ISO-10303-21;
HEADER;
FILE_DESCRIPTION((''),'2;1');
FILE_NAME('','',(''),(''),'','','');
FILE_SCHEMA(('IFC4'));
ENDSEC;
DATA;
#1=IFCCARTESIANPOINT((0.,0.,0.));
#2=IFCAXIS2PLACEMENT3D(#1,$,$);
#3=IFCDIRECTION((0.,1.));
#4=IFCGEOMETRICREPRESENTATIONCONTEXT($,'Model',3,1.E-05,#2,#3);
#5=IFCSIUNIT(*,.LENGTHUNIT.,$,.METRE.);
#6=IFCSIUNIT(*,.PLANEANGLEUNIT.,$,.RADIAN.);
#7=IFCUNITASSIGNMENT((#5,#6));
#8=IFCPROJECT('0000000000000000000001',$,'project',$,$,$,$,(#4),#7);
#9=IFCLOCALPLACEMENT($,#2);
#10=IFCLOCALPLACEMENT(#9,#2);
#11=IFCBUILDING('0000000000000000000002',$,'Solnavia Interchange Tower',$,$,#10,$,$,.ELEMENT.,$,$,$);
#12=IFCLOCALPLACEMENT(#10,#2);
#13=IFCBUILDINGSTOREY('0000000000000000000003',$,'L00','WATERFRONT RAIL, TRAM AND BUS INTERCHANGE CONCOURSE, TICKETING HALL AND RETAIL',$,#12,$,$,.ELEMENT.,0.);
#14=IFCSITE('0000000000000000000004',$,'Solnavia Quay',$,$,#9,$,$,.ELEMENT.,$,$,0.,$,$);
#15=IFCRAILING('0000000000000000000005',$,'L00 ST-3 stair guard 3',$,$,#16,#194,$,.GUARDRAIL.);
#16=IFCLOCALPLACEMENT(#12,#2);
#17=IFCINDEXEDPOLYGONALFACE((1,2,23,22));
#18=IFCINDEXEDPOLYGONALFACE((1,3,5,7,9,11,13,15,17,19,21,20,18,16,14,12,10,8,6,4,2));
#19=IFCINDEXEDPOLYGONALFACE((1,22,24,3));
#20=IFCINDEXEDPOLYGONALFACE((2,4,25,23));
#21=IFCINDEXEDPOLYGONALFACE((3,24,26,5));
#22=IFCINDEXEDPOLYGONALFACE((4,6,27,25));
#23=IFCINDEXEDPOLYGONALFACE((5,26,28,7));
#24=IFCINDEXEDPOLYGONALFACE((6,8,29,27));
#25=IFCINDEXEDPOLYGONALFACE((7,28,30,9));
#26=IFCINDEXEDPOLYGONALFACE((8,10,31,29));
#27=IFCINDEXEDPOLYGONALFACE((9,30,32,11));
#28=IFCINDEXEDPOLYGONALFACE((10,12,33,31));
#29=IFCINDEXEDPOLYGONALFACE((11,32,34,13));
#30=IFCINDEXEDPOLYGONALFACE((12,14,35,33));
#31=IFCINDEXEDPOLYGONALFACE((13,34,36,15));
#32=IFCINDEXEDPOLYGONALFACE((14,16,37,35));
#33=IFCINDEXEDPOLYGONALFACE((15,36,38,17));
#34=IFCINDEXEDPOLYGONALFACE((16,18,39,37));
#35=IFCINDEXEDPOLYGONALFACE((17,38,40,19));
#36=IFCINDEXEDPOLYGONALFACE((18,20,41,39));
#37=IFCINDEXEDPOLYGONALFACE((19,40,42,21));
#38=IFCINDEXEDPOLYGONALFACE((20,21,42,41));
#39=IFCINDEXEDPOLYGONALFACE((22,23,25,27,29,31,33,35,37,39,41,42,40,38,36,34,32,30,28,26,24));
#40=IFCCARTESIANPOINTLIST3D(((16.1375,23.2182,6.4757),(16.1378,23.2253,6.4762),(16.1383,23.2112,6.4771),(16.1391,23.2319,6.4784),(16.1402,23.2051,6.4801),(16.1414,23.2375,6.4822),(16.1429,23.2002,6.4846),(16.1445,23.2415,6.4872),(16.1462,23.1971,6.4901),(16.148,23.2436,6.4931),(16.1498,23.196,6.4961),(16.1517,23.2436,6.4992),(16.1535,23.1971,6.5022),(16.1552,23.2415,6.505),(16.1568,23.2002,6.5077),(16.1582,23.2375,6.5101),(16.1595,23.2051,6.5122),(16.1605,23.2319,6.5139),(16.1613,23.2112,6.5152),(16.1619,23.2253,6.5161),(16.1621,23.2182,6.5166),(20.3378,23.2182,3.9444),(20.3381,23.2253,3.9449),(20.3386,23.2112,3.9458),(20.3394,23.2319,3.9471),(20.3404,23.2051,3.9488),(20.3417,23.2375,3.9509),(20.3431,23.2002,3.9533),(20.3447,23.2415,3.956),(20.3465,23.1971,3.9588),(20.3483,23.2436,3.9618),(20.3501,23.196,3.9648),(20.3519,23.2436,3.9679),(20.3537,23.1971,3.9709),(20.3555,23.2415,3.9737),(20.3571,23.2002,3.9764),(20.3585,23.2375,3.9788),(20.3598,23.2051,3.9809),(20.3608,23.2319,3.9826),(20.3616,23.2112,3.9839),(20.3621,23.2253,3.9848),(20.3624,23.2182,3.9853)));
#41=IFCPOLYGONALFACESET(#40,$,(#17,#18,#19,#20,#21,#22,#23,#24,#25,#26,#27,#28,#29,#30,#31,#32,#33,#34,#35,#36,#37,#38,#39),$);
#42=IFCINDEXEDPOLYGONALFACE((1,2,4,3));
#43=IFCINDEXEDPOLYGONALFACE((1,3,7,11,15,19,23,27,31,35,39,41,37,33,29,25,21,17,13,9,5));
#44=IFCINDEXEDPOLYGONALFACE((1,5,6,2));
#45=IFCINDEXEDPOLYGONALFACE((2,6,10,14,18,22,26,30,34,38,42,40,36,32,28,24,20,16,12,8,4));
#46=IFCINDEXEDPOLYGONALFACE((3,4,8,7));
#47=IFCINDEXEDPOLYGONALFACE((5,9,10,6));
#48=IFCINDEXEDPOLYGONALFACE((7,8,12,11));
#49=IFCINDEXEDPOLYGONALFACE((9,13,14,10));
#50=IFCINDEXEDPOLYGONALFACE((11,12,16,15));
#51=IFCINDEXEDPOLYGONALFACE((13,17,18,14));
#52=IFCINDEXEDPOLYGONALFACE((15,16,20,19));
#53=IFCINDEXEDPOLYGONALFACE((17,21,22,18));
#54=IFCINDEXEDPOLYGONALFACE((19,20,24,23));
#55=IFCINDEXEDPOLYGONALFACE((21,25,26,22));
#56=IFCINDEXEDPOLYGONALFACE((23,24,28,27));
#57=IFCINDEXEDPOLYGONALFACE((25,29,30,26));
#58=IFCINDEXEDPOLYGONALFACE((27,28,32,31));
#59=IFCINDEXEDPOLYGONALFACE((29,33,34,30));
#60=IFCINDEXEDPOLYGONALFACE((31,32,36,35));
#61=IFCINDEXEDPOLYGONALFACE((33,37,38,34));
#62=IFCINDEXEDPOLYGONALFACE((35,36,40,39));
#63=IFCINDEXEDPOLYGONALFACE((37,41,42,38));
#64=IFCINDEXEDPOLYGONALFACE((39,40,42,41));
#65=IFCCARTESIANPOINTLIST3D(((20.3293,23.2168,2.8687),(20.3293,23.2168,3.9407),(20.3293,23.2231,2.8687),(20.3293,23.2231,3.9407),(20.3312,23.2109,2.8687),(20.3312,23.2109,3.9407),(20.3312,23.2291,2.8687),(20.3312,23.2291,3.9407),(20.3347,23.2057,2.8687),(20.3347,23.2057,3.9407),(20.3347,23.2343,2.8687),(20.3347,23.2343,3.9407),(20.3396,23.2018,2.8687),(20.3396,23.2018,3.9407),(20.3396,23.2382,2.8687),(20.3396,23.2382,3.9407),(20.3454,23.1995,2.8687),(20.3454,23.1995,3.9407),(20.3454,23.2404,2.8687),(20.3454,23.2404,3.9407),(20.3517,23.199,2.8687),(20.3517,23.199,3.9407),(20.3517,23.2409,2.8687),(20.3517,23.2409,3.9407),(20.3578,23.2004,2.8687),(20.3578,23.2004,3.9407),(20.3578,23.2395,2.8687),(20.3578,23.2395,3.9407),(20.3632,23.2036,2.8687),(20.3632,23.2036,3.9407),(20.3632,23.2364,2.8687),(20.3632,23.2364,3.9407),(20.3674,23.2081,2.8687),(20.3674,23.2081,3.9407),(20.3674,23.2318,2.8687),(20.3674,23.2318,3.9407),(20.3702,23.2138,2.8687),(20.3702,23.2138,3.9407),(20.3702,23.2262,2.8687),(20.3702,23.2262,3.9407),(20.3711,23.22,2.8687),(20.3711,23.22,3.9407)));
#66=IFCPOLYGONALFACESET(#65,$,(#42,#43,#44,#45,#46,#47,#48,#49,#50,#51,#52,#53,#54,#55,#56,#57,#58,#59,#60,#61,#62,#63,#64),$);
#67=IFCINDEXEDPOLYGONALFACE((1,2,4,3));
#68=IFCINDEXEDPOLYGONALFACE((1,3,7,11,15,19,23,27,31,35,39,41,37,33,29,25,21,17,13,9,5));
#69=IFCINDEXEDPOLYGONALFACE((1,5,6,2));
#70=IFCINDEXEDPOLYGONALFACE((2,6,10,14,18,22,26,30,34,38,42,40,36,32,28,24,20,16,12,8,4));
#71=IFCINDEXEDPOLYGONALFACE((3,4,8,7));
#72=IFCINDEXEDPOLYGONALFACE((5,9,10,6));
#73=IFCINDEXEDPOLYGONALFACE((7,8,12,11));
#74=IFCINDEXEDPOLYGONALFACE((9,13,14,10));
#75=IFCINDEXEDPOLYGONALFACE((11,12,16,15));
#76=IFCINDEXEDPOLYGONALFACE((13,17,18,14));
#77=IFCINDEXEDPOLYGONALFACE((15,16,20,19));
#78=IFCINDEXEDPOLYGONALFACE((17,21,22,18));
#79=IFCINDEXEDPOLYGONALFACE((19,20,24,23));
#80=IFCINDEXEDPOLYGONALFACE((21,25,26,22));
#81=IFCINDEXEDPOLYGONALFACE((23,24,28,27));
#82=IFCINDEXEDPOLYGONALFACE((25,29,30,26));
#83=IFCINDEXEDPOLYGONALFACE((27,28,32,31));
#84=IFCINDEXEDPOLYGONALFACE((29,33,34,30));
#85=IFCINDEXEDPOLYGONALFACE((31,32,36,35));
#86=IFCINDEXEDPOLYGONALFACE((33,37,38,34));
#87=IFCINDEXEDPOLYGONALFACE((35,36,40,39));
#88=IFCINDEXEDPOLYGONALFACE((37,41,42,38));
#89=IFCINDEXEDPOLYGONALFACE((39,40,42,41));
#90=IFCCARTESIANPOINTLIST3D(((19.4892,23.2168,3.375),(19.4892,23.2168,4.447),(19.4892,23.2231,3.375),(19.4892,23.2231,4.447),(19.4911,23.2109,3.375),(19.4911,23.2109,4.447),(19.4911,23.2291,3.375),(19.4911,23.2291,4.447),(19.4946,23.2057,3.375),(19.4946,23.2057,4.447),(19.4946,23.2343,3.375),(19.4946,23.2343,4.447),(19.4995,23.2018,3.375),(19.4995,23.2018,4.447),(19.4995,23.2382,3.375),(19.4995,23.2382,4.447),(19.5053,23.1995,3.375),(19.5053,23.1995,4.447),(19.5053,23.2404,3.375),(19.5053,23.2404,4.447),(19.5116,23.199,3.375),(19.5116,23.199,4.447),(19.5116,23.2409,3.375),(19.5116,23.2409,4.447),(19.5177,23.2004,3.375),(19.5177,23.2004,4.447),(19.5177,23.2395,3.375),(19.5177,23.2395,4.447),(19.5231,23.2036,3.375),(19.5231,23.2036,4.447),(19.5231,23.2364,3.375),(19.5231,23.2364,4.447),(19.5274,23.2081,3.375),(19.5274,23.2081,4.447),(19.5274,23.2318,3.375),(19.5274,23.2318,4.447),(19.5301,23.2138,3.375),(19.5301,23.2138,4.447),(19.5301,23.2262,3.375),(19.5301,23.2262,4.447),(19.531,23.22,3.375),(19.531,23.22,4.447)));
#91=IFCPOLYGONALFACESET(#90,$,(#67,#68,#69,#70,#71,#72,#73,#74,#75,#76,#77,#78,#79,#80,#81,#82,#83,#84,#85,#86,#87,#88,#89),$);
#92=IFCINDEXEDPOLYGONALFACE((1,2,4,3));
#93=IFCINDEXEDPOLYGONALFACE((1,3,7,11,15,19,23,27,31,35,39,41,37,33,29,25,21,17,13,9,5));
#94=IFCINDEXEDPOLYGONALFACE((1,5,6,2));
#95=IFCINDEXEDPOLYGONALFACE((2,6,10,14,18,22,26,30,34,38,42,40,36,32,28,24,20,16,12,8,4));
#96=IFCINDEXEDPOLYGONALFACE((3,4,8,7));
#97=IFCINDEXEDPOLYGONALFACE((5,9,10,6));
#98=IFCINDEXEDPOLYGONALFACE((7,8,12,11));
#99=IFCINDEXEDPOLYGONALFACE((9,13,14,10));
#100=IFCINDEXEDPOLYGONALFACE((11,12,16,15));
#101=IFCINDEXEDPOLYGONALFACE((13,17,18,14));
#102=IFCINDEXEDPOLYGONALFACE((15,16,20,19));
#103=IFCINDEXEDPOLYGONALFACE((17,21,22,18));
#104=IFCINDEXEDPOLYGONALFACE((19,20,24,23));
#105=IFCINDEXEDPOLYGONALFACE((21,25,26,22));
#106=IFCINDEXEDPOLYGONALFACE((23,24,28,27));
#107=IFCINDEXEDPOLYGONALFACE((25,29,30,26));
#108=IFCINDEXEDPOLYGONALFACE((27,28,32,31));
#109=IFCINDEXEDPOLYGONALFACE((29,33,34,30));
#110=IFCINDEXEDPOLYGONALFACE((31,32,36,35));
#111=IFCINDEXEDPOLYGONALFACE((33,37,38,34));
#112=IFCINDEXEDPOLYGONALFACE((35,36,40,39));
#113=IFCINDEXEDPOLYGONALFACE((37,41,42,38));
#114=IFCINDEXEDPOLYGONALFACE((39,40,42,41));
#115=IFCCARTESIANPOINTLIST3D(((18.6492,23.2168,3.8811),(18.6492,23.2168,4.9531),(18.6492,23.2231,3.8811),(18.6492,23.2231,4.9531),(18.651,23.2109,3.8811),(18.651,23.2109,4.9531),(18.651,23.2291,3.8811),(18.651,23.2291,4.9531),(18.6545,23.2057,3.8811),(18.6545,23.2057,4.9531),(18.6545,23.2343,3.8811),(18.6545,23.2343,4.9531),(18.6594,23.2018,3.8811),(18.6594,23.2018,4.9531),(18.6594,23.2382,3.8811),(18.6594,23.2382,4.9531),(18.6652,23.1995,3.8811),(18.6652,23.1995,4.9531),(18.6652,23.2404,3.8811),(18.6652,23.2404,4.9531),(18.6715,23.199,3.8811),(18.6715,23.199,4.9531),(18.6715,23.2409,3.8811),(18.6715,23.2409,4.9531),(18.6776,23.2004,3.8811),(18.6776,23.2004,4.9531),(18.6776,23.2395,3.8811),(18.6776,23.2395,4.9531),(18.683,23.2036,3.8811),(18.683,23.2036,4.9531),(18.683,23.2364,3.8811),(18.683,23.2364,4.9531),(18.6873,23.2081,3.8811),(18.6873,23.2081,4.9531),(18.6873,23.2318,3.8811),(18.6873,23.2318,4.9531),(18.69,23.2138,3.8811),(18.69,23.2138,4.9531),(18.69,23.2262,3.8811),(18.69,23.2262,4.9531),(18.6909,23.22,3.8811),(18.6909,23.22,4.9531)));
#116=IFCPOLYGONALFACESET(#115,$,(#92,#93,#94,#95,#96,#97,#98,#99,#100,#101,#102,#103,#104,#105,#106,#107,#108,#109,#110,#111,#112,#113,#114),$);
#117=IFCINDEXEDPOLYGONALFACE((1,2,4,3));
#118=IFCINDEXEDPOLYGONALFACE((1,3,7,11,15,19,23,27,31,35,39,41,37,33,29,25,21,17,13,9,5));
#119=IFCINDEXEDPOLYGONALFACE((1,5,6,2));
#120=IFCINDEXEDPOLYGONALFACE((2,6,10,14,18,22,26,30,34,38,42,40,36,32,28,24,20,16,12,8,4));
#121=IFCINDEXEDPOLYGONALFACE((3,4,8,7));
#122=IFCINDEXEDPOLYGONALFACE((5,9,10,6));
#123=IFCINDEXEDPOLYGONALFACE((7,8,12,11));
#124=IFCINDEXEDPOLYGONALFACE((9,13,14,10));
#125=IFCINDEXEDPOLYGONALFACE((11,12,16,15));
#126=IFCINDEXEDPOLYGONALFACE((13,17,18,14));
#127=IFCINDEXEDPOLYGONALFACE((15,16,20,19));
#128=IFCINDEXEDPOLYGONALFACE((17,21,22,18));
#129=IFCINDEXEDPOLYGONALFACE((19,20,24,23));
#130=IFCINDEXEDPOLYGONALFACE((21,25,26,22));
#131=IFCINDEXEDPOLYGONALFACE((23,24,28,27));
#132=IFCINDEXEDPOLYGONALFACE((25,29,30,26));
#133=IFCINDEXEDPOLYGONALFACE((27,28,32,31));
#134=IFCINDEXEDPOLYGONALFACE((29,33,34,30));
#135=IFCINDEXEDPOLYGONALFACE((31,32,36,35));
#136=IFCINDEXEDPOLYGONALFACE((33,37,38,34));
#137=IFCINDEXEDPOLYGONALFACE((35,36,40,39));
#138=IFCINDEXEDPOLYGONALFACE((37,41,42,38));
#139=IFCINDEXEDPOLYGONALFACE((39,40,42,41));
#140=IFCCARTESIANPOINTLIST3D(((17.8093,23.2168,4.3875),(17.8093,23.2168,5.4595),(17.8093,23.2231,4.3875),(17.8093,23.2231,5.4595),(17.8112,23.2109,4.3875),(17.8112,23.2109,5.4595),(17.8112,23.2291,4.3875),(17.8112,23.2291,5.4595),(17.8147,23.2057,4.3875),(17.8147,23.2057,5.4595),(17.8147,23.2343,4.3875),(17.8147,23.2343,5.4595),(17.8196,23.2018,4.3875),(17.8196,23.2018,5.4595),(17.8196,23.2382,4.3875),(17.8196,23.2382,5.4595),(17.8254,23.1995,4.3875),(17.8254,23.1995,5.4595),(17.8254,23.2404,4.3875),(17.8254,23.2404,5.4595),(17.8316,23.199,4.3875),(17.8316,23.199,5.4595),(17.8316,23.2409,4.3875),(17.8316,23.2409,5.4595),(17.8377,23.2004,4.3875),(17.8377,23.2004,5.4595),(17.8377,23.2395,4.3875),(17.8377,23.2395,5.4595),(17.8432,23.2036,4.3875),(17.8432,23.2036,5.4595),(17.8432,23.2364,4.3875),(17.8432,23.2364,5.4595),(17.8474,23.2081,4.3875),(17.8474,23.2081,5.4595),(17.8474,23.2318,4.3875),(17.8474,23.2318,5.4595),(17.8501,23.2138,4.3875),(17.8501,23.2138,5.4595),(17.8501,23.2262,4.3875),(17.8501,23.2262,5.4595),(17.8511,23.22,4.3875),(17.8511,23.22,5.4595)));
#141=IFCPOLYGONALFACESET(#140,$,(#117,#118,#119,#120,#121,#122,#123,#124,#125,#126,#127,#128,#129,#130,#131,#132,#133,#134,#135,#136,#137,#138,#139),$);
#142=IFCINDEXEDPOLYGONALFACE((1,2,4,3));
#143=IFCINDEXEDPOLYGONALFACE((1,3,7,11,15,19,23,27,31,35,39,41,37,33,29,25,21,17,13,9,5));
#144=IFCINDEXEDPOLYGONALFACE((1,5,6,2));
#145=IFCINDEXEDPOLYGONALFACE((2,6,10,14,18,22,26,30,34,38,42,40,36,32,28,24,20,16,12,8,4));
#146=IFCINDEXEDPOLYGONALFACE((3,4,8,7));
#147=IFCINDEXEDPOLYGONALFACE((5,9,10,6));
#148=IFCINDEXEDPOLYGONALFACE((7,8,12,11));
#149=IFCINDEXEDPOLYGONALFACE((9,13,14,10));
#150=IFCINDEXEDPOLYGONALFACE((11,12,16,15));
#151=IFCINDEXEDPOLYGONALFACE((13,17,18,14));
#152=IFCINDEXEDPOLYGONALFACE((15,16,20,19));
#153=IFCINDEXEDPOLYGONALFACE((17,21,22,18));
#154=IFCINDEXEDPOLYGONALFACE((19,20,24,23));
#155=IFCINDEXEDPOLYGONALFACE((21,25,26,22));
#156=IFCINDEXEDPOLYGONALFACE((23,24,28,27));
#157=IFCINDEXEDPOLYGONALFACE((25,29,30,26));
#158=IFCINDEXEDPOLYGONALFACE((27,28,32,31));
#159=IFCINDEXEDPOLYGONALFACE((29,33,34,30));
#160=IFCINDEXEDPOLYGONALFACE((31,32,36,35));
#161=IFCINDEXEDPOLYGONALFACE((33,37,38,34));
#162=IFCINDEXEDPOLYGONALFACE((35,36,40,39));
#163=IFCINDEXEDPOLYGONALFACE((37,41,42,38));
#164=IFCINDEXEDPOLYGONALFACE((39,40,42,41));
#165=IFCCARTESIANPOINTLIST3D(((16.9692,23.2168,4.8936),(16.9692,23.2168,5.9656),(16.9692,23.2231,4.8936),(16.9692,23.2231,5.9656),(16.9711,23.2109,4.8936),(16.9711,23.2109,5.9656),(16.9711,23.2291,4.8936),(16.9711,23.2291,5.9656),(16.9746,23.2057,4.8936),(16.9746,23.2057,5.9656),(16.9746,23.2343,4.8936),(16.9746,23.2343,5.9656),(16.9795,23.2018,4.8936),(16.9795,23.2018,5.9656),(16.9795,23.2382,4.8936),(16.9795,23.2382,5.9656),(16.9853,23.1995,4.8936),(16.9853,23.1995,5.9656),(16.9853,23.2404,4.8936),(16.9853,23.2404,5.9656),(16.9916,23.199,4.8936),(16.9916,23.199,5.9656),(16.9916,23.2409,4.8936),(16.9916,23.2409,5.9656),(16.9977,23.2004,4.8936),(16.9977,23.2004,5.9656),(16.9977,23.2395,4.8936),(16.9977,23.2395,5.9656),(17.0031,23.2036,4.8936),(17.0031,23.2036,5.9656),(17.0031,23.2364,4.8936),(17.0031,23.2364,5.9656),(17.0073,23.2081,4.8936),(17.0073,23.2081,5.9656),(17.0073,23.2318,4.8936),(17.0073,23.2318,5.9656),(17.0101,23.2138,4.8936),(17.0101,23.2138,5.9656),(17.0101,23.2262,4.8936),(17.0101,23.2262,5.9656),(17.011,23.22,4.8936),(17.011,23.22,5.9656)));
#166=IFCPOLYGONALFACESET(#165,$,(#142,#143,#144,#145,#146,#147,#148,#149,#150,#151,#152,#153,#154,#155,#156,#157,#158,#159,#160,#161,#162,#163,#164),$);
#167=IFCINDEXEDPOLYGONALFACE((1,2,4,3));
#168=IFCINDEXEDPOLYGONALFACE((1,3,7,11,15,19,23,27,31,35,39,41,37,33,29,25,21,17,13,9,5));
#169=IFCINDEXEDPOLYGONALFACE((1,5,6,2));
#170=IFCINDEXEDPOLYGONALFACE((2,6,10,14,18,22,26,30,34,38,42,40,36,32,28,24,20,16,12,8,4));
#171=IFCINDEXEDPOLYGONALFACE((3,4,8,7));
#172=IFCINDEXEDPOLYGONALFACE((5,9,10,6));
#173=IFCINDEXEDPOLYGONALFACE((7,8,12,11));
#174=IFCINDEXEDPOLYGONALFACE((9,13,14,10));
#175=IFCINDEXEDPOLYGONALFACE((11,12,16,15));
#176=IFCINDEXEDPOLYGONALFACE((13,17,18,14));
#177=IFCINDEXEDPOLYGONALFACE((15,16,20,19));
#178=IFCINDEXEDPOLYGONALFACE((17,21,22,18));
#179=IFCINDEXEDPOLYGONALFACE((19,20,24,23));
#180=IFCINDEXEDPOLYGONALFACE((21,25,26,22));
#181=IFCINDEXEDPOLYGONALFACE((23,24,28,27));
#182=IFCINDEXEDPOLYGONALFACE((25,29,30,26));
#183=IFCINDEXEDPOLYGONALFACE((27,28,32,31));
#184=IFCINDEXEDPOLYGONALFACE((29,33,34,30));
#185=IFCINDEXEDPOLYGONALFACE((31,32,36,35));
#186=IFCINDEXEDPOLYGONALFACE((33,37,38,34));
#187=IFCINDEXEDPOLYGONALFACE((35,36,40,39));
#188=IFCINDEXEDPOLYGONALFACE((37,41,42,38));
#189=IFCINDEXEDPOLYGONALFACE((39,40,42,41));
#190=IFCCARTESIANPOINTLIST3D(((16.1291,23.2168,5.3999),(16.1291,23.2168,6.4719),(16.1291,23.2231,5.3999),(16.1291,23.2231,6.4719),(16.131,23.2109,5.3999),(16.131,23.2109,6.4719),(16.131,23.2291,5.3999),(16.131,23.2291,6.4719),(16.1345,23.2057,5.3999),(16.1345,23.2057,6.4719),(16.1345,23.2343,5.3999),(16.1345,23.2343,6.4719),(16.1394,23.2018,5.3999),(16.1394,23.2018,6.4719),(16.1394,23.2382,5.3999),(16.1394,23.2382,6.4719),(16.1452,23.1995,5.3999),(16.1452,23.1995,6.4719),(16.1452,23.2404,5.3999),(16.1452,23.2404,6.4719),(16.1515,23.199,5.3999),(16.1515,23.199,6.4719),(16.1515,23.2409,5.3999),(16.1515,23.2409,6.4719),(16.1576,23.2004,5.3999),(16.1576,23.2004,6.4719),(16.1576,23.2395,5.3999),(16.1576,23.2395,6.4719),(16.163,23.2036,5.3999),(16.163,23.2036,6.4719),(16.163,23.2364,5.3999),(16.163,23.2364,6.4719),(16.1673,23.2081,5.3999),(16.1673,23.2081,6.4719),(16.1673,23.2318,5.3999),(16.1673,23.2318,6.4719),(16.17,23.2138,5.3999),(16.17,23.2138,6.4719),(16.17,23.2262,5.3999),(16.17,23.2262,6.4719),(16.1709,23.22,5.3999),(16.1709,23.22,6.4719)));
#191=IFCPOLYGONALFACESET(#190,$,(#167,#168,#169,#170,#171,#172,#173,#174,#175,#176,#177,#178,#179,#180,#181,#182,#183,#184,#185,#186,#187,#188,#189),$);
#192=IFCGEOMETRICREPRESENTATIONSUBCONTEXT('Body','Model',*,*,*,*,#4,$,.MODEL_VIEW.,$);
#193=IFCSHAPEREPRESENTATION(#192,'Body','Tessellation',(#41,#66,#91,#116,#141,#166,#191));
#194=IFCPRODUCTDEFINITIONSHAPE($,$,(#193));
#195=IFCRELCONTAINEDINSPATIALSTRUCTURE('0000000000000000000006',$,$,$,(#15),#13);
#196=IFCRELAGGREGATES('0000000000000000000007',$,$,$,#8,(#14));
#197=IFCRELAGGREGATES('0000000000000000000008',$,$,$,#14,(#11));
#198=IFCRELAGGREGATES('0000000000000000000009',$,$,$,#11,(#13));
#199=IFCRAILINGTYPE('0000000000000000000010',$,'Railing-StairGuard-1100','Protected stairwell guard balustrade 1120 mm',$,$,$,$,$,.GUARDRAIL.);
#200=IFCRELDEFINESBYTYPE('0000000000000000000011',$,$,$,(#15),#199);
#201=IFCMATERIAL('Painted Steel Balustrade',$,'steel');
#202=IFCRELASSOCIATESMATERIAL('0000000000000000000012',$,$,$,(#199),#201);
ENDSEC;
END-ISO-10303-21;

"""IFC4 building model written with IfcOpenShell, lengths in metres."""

from ifc_helpers import new_model, si_unit, direction, frame, origin, origin_2d, place, context, subcontext, project, spatial, circle, extrude, material, type_object, element, save


model = new_model("IFC4")

# Units and contexts
model_context = context("Model", 3, precision=1e-05, world=origin(), true_north=direction((0.0, 1.0)))
body_context = subcontext(model_context, "Body", "Model", "MODEL_VIEW")
ifc_project = project(units=[si_unit("LENGTHUNIT", "METRE"), si_unit("PLANEANGLEUNIT", "RADIAN")], contexts=[model_context])

# Site, building, storey
site_placement = place(None, origin())
site = spatial("IfcSite", under=ifc_project, at=site_placement, Name="Solnavia Quay", CompositionType="ELEMENT", RefElevation=0.0)
building_placement = place(site_placement, origin())
building = spatial("IfcBuilding", under=site, at=building_placement, Name="Solnavia Interchange Tower", CompositionType="ELEMENT")
storey_placement = place(building_placement, origin())
storey = spatial("IfcBuildingStorey", under=building, at=storey_placement, Name="L00", Description="WATERFRONT RAIL, TRAM AND BUS INTERCHANGE CONCOURSE, TICKETING HALL AND RETAIL", CompositionType="ELEMENT", Elevation=0.0)

# Railing
ifc_material_1 = material(Name="Painted Steel Balustrade", Category="steel")
railing_type_1 = type_object("IfcRailingType", Name="Railing-StairGuard-1100", Description="Protected stairwell guard balustrade 1120 mm", PredefinedType="GUARDRAIL", material=ifc_material_1)
railing_1_placement = place(storey_placement, frame((20.3501, 23.22, 2.8687)))
element("IfcRailing", 1, at=railing_1_placement, inside=storey, type_object=railing_type_1, Name="L00 ST-3 stair guard 3", PredefinedType="GUARDRAIL", context=body_context, shape_type="SweptSolid", body=[
    extrude(circle(Radius=0.0239, at=origin_2d()), frame((0.0, 0.0, 1.0962), z_axis=(-0.85649, 0.0, 0.516164), x_axis=(0.0, -1.0, 0.0)), (0.0, 0.0, 1.0), 4.9041),
    extrude(circle(Radius=0.021, at=origin_2d()), origin(), (0.0, 0.0, 1.0), 1.072),
    extrude(circle(Radius=0.021, at=origin_2d()), frame((-0.8401, 0.0, 0.5063)), (0.0, 0.0, 1.0), 1.072),
    extrude(circle(Radius=0.021, at=origin_2d()), frame((-1.6802, 0.0, 1.0125)), (0.0, 0.0, 1.0), 1.072),
    extrude(circle(Radius=0.021, at=origin_2d()), frame((-2.52, 0.0, 1.5188)), (0.0, 0.0, 1.0), 1.072),
    extrude(circle(Radius=0.021, at=origin_2d()), frame((-3.3601, 0.0, 2.0249)), (0.0, 0.0, 1.0), 1.072),
    extrude(circle(Radius=0.021, at=origin_2d()), frame((-4.2002, 0.0, 2.5312)), (0.0, 0.0, 1.0), 1.072),
])

save(model, "model.ifc")
